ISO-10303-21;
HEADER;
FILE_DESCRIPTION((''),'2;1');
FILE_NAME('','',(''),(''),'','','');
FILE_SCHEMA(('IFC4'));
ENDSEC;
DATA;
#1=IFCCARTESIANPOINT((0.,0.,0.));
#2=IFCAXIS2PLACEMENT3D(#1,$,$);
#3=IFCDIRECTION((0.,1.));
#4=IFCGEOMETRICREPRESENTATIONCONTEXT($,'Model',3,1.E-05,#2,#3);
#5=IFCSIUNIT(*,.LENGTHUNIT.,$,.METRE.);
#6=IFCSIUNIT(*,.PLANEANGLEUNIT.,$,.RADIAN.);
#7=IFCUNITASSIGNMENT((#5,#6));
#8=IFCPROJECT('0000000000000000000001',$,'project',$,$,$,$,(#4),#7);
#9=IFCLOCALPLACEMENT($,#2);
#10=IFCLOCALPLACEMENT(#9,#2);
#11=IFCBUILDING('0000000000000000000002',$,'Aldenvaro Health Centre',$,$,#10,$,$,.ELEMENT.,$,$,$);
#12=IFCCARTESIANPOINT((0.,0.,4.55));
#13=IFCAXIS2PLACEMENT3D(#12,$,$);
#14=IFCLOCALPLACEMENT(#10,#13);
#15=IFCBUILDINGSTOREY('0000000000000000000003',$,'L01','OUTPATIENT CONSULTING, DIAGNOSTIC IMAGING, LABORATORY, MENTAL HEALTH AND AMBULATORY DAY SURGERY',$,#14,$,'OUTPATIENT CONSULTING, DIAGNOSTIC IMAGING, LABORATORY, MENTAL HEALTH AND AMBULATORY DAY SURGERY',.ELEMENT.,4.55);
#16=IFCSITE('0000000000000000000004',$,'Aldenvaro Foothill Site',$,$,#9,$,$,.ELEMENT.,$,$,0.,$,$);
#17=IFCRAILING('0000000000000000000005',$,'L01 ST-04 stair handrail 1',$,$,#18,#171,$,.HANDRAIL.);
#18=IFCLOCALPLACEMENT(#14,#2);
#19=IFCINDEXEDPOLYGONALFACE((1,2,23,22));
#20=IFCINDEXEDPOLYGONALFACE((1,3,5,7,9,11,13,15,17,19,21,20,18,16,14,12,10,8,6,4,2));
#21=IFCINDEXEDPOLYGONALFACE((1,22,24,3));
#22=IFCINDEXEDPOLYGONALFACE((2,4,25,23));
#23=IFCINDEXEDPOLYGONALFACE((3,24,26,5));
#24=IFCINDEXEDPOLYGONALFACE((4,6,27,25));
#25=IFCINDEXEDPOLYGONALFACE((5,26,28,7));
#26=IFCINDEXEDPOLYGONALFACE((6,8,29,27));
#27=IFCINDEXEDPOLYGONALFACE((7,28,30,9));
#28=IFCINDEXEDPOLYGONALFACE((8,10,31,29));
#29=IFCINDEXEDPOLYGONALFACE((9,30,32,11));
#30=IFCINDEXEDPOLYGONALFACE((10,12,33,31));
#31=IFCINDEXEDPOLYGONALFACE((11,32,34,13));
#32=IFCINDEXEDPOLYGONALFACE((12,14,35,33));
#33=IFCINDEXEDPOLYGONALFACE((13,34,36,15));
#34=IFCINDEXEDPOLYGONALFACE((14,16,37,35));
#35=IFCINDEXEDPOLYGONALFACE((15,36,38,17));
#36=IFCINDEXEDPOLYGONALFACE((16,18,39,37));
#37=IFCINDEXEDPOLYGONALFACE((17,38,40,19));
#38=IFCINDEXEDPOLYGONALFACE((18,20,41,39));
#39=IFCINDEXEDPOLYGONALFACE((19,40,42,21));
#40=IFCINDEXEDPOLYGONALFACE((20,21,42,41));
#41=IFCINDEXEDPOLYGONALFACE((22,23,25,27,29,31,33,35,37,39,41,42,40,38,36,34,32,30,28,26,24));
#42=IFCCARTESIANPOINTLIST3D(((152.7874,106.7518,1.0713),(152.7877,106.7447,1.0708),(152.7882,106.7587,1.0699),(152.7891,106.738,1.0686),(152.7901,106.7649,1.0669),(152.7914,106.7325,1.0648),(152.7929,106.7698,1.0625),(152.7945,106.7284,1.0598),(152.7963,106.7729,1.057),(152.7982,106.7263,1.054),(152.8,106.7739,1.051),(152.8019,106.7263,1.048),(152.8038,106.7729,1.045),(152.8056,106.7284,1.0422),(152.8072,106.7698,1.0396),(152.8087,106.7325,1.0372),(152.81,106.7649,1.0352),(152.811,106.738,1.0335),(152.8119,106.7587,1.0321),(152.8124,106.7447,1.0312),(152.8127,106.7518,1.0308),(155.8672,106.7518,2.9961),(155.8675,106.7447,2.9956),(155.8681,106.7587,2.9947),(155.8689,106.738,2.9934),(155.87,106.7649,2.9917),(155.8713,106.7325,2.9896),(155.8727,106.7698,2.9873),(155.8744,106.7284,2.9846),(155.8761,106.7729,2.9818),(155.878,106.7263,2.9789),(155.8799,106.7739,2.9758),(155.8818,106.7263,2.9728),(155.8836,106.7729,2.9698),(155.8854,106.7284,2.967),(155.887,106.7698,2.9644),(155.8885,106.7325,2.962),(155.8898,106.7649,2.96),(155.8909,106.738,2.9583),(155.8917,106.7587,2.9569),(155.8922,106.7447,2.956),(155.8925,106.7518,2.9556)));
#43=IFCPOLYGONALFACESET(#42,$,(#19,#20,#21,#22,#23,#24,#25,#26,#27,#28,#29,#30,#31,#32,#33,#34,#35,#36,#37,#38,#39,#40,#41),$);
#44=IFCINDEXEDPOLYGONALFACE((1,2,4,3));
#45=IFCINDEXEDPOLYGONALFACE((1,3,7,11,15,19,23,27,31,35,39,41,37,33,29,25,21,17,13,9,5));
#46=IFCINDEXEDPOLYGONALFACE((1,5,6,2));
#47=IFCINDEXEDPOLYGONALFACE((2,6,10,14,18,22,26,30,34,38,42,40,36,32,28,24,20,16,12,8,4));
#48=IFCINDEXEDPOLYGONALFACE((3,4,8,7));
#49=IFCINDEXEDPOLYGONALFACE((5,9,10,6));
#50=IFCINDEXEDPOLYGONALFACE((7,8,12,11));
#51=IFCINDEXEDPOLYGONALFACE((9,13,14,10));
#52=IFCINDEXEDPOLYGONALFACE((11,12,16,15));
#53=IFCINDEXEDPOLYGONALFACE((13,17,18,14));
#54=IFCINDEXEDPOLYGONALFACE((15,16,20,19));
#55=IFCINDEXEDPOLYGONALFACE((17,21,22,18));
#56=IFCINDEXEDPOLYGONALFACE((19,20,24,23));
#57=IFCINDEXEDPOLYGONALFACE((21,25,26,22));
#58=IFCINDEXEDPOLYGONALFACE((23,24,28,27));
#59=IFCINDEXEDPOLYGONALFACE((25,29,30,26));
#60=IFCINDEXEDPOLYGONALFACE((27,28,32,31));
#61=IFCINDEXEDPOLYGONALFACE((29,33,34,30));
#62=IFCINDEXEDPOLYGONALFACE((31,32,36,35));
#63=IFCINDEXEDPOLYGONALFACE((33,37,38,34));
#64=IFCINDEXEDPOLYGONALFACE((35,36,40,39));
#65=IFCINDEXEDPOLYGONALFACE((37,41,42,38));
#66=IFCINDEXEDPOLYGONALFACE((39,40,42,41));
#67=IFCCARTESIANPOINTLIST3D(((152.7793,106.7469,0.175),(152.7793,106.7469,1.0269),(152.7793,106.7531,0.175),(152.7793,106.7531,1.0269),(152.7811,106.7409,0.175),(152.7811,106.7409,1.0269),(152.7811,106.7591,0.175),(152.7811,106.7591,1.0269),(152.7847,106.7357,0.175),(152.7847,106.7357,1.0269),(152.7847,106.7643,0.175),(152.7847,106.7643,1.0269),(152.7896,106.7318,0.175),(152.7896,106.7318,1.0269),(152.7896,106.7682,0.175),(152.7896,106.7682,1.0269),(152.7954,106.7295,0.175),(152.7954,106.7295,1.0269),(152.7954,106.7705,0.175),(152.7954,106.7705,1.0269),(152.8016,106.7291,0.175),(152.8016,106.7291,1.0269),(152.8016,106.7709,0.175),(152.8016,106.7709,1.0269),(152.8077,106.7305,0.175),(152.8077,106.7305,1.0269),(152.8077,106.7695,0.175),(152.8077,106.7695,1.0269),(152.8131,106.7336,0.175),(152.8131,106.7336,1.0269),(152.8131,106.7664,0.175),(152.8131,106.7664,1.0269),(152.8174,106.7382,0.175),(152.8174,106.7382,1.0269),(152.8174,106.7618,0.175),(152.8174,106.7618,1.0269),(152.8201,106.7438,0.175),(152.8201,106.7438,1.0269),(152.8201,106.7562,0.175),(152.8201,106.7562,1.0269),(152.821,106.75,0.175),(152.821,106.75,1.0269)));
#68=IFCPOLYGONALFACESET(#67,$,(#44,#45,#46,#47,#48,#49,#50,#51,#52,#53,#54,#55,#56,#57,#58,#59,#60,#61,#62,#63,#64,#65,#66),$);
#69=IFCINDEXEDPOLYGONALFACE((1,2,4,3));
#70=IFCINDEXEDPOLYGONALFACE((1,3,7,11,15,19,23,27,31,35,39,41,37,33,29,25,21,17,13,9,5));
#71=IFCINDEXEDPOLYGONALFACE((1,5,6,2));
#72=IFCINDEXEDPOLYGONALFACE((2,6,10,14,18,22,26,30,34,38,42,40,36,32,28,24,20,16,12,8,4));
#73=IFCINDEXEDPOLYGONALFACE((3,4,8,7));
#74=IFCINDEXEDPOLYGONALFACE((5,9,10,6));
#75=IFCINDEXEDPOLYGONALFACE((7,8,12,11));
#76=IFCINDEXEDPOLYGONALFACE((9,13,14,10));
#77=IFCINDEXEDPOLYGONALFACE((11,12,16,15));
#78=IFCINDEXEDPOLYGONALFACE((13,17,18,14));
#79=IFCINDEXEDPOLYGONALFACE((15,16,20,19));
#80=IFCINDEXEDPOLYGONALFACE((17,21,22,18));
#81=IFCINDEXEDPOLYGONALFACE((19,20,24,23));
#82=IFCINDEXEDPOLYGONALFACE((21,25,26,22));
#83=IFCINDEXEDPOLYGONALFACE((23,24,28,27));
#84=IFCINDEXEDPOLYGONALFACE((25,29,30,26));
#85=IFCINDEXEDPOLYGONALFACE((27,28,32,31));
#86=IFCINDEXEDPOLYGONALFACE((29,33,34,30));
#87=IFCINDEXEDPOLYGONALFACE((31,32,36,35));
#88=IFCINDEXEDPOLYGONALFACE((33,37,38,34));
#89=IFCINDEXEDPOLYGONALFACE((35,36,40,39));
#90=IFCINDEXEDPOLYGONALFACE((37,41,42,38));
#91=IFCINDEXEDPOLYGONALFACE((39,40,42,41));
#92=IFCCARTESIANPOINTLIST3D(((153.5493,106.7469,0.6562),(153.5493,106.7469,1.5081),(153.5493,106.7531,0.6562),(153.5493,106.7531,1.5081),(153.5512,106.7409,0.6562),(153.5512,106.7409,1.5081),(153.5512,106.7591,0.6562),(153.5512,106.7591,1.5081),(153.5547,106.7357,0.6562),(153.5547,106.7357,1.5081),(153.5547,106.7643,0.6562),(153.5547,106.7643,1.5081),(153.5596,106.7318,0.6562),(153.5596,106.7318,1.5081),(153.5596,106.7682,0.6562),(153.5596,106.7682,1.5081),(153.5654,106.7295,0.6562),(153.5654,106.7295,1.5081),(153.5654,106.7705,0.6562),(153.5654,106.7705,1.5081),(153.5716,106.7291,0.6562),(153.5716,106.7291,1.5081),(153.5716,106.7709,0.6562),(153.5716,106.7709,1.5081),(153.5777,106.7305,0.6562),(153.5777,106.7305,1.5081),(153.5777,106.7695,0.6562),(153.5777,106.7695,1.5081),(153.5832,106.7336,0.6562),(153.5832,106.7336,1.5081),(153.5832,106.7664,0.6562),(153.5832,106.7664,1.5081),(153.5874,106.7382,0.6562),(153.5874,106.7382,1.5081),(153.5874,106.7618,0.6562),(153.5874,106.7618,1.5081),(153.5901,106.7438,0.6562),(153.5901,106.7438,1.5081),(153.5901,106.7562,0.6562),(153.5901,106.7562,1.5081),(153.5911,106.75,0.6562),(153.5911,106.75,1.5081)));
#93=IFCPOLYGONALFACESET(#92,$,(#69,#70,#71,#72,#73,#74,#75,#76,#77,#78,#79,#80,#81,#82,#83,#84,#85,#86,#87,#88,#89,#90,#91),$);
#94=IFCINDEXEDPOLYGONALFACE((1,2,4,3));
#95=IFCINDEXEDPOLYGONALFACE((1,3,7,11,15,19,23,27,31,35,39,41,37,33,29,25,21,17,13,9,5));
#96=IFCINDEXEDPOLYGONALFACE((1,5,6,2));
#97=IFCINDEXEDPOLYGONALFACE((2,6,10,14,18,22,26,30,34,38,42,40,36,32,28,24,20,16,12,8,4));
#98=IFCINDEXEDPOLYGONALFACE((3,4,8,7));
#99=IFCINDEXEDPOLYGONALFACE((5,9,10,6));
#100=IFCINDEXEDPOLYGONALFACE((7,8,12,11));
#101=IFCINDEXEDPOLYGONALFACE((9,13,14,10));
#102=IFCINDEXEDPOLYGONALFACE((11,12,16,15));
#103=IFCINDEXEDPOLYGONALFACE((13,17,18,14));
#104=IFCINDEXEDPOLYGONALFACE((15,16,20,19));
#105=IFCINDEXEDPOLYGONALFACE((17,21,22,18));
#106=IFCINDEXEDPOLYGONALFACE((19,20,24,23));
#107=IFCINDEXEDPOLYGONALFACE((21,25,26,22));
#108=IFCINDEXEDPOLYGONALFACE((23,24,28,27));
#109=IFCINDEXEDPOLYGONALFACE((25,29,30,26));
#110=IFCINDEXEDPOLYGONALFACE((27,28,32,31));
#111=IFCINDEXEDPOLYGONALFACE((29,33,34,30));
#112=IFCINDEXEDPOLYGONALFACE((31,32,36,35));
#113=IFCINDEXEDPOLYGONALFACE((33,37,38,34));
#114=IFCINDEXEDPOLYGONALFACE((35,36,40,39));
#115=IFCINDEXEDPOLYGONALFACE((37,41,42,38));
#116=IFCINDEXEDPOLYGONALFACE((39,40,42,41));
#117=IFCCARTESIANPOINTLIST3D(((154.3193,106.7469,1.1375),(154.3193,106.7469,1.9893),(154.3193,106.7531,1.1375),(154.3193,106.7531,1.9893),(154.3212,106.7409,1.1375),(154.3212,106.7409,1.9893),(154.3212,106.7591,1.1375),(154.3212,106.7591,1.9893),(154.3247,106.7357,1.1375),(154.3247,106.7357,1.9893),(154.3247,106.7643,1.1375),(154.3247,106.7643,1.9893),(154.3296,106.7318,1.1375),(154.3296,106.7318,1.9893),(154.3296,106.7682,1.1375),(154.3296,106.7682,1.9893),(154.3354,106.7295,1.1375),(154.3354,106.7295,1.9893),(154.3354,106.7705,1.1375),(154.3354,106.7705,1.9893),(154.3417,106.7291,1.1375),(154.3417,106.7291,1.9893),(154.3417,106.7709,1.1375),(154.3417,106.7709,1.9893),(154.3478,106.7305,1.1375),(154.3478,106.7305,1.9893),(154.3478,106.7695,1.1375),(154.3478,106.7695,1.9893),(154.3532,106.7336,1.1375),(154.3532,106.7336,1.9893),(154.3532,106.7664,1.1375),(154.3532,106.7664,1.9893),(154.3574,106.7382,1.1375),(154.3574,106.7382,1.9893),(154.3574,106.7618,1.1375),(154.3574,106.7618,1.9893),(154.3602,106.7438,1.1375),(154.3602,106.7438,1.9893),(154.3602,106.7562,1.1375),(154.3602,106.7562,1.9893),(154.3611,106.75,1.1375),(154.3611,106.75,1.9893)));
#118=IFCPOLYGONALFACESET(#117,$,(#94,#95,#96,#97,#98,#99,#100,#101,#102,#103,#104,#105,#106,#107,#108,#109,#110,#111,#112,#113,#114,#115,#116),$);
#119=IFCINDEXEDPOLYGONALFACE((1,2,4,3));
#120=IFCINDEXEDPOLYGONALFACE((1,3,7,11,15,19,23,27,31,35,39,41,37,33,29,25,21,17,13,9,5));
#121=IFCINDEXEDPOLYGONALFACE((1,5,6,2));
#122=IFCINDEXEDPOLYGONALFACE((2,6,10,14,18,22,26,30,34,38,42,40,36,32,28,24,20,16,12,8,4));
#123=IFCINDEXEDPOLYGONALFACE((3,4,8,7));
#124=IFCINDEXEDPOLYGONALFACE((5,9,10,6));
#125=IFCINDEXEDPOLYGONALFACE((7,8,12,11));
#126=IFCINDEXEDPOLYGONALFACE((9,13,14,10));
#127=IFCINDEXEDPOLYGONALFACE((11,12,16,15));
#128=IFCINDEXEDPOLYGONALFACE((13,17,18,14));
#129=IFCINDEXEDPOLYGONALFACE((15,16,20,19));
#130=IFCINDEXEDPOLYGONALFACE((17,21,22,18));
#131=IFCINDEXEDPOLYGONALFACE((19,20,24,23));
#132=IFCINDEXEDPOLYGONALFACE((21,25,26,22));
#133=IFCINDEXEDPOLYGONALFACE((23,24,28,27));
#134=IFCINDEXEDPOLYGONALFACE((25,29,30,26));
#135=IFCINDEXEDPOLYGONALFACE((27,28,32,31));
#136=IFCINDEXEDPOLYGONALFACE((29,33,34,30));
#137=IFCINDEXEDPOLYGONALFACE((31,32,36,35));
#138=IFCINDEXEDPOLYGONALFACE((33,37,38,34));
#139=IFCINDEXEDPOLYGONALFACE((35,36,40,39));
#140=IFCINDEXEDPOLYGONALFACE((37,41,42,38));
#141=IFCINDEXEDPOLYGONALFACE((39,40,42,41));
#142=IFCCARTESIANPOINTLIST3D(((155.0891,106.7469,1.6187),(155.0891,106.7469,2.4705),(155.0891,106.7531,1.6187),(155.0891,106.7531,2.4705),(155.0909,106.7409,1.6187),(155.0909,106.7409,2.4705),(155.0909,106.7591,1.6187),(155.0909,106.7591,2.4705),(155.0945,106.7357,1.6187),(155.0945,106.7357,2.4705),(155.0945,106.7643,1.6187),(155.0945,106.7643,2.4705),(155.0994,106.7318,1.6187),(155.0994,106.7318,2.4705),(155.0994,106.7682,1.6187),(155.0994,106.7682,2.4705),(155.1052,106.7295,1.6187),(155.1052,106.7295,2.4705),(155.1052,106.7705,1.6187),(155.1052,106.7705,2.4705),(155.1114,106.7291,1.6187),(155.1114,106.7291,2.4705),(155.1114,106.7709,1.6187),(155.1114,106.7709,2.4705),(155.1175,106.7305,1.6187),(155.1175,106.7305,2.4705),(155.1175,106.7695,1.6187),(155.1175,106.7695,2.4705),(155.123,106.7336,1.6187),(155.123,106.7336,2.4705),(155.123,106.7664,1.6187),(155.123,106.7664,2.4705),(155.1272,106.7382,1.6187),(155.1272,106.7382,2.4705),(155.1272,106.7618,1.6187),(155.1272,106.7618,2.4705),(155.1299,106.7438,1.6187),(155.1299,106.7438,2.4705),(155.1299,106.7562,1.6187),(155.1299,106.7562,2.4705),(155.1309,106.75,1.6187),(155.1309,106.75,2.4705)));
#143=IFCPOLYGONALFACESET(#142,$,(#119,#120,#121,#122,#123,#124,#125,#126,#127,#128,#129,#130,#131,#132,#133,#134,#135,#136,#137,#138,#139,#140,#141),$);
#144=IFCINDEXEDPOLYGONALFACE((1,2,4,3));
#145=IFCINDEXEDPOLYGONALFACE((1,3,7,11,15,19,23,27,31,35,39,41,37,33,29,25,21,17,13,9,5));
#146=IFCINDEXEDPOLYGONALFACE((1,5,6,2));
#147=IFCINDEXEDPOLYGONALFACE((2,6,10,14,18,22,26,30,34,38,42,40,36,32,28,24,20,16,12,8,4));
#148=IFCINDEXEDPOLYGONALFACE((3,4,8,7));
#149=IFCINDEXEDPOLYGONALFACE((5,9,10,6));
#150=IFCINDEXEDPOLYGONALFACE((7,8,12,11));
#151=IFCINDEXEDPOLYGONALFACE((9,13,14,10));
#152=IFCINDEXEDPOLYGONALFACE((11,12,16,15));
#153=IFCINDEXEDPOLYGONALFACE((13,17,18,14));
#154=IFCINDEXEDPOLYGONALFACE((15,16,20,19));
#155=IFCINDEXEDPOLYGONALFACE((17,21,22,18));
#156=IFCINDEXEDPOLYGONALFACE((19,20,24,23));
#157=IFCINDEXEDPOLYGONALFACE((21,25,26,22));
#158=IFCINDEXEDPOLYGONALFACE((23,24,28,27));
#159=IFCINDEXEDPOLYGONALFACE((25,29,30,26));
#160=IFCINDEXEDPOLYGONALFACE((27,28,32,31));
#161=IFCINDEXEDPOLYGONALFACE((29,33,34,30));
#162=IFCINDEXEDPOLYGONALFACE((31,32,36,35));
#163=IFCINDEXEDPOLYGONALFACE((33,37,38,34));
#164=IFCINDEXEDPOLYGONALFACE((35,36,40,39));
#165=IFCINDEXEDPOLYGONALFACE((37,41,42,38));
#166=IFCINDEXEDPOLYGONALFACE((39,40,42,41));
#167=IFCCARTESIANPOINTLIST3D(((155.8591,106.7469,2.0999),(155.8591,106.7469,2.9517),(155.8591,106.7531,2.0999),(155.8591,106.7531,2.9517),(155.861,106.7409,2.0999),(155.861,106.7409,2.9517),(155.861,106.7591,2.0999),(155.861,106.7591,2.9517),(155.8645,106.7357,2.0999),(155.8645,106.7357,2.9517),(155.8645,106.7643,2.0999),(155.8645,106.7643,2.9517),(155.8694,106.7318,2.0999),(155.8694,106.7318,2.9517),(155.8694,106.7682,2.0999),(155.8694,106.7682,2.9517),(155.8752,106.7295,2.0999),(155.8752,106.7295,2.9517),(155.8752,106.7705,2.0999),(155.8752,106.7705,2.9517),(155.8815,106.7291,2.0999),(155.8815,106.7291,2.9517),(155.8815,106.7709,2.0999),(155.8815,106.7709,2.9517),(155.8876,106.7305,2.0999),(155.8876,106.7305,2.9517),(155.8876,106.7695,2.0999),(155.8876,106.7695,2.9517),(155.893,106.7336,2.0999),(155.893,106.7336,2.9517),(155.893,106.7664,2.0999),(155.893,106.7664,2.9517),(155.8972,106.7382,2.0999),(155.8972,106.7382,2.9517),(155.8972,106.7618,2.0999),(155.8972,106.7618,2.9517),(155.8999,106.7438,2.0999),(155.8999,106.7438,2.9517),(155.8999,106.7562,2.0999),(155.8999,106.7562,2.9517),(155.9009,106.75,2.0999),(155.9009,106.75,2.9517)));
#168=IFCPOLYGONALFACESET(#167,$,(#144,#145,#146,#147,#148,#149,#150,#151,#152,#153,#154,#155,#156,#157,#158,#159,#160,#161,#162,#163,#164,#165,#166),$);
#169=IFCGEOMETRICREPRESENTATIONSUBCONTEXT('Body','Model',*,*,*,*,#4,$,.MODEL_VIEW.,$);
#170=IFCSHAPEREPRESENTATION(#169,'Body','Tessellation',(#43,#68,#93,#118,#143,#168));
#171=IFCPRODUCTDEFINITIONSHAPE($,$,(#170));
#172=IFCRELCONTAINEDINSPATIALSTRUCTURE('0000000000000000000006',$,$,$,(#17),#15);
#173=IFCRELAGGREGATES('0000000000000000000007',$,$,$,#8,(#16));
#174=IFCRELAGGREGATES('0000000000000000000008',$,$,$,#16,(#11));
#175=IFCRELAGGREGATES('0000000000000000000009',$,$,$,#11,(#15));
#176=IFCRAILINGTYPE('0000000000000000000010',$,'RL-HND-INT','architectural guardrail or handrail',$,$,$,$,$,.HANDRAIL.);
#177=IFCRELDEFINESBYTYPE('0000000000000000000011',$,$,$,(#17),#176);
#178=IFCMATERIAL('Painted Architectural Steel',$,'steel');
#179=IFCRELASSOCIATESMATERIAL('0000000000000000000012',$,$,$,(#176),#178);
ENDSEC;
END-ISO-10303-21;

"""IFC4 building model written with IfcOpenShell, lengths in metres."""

from ifc_helpers import new_model, si_unit, direction, frame, origin, origin_2d, place, context, subcontext, project, spatial, circle, extrude, material, type_object, element, save


model = new_model("IFC4")

# Units and contexts
model_context = context("Model", 3, precision=1e-05, world=origin(), true_north=direction((0.0, 1.0)))
body_context = subcontext(model_context, "Body", "Model", "MODEL_VIEW")
ifc_project = project(units=[si_unit("LENGTHUNIT", "METRE"), si_unit("PLANEANGLEUNIT", "RADIAN")], contexts=[model_context])

# Site, building, storey
site_placement = place(None, origin())
site = spatial("IfcSite", under=ifc_project, at=site_placement, Name="Aldenvaro Foothill Site", CompositionType="ELEMENT", RefElevation=0.0)
building_placement = place(site_placement, origin())
building = spatial("IfcBuilding", under=site, at=building_placement, Name="Aldenvaro Health Centre", CompositionType="ELEMENT")
storey_placement = place(building_placement, frame((0.0, 0.0, 4.55)))
storey = spatial("IfcBuildingStorey", under=building, at=storey_placement, Name="L01", Description="OUTPATIENT CONSULTING, DIAGNOSTIC IMAGING, LABORATORY, MENTAL HEALTH AND AMBULATORY DAY SURGERY", LongName="OUTPATIENT CONSULTING, DIAGNOSTIC IMAGING, LABORATORY, MENTAL HEALTH AND AMBULATORY DAY SURGERY", CompositionType="ELEMENT", Elevation=4.55)

# Railing
ifc_material_1 = material(Name="Painted Architectural Steel", Category="steel")
railing_type_1 = type_object("IfcRailingType", Name="RL-HND-INT", Description="architectural guardrail or handrail", PredefinedType="HANDRAIL", material=ifc_material_1)
railing_1_placement = place(storey_placement, frame((152.8, 106.75, 0.175)))
element("IfcRailing", 1, at=railing_1_placement, inside=storey, type_object=railing_type_1, Name="L01 ST-04 stair handrail 1", PredefinedType="HANDRAIL", context=body_context, shape_type="SweptSolid", body=[
    extrude(circle(Radius=0.0239, at=origin_2d()), frame((0.0, 0.0, 0.876), z_axis=(0.84801, 0.0, 0.529981), x_axis=(0.0, 1.0, 0.0)), (0.0, 0.0, 1.0), 3.6318),
    extrude(circle(Radius=0.021, at=origin_2d()), origin(), (0.0, 0.0, 1.0), 0.8518),
    extrude(circle(Radius=0.021, at=origin_2d()), frame((0.77, 0.0, 0.4812)), (0.0, 0.0, 1.0), 0.8518),
    extrude(circle(Radius=0.021, at=origin_2d()), frame((1.54, 0.0, 0.9624)), (0.0, 0.0, 1.0), 0.8518),
    extrude(circle(Radius=0.021, at=origin_2d()), frame((2.3098, 0.0, 1.4436)), (0.0, 0.0, 1.0), 0.8518),
    extrude(circle(Radius=0.021, at=origin_2d()), frame((3.0798, 0.0, 1.9248)), (0.0, 0.0, 1.0), 0.8518),
])

save(model, "model.ifc")
